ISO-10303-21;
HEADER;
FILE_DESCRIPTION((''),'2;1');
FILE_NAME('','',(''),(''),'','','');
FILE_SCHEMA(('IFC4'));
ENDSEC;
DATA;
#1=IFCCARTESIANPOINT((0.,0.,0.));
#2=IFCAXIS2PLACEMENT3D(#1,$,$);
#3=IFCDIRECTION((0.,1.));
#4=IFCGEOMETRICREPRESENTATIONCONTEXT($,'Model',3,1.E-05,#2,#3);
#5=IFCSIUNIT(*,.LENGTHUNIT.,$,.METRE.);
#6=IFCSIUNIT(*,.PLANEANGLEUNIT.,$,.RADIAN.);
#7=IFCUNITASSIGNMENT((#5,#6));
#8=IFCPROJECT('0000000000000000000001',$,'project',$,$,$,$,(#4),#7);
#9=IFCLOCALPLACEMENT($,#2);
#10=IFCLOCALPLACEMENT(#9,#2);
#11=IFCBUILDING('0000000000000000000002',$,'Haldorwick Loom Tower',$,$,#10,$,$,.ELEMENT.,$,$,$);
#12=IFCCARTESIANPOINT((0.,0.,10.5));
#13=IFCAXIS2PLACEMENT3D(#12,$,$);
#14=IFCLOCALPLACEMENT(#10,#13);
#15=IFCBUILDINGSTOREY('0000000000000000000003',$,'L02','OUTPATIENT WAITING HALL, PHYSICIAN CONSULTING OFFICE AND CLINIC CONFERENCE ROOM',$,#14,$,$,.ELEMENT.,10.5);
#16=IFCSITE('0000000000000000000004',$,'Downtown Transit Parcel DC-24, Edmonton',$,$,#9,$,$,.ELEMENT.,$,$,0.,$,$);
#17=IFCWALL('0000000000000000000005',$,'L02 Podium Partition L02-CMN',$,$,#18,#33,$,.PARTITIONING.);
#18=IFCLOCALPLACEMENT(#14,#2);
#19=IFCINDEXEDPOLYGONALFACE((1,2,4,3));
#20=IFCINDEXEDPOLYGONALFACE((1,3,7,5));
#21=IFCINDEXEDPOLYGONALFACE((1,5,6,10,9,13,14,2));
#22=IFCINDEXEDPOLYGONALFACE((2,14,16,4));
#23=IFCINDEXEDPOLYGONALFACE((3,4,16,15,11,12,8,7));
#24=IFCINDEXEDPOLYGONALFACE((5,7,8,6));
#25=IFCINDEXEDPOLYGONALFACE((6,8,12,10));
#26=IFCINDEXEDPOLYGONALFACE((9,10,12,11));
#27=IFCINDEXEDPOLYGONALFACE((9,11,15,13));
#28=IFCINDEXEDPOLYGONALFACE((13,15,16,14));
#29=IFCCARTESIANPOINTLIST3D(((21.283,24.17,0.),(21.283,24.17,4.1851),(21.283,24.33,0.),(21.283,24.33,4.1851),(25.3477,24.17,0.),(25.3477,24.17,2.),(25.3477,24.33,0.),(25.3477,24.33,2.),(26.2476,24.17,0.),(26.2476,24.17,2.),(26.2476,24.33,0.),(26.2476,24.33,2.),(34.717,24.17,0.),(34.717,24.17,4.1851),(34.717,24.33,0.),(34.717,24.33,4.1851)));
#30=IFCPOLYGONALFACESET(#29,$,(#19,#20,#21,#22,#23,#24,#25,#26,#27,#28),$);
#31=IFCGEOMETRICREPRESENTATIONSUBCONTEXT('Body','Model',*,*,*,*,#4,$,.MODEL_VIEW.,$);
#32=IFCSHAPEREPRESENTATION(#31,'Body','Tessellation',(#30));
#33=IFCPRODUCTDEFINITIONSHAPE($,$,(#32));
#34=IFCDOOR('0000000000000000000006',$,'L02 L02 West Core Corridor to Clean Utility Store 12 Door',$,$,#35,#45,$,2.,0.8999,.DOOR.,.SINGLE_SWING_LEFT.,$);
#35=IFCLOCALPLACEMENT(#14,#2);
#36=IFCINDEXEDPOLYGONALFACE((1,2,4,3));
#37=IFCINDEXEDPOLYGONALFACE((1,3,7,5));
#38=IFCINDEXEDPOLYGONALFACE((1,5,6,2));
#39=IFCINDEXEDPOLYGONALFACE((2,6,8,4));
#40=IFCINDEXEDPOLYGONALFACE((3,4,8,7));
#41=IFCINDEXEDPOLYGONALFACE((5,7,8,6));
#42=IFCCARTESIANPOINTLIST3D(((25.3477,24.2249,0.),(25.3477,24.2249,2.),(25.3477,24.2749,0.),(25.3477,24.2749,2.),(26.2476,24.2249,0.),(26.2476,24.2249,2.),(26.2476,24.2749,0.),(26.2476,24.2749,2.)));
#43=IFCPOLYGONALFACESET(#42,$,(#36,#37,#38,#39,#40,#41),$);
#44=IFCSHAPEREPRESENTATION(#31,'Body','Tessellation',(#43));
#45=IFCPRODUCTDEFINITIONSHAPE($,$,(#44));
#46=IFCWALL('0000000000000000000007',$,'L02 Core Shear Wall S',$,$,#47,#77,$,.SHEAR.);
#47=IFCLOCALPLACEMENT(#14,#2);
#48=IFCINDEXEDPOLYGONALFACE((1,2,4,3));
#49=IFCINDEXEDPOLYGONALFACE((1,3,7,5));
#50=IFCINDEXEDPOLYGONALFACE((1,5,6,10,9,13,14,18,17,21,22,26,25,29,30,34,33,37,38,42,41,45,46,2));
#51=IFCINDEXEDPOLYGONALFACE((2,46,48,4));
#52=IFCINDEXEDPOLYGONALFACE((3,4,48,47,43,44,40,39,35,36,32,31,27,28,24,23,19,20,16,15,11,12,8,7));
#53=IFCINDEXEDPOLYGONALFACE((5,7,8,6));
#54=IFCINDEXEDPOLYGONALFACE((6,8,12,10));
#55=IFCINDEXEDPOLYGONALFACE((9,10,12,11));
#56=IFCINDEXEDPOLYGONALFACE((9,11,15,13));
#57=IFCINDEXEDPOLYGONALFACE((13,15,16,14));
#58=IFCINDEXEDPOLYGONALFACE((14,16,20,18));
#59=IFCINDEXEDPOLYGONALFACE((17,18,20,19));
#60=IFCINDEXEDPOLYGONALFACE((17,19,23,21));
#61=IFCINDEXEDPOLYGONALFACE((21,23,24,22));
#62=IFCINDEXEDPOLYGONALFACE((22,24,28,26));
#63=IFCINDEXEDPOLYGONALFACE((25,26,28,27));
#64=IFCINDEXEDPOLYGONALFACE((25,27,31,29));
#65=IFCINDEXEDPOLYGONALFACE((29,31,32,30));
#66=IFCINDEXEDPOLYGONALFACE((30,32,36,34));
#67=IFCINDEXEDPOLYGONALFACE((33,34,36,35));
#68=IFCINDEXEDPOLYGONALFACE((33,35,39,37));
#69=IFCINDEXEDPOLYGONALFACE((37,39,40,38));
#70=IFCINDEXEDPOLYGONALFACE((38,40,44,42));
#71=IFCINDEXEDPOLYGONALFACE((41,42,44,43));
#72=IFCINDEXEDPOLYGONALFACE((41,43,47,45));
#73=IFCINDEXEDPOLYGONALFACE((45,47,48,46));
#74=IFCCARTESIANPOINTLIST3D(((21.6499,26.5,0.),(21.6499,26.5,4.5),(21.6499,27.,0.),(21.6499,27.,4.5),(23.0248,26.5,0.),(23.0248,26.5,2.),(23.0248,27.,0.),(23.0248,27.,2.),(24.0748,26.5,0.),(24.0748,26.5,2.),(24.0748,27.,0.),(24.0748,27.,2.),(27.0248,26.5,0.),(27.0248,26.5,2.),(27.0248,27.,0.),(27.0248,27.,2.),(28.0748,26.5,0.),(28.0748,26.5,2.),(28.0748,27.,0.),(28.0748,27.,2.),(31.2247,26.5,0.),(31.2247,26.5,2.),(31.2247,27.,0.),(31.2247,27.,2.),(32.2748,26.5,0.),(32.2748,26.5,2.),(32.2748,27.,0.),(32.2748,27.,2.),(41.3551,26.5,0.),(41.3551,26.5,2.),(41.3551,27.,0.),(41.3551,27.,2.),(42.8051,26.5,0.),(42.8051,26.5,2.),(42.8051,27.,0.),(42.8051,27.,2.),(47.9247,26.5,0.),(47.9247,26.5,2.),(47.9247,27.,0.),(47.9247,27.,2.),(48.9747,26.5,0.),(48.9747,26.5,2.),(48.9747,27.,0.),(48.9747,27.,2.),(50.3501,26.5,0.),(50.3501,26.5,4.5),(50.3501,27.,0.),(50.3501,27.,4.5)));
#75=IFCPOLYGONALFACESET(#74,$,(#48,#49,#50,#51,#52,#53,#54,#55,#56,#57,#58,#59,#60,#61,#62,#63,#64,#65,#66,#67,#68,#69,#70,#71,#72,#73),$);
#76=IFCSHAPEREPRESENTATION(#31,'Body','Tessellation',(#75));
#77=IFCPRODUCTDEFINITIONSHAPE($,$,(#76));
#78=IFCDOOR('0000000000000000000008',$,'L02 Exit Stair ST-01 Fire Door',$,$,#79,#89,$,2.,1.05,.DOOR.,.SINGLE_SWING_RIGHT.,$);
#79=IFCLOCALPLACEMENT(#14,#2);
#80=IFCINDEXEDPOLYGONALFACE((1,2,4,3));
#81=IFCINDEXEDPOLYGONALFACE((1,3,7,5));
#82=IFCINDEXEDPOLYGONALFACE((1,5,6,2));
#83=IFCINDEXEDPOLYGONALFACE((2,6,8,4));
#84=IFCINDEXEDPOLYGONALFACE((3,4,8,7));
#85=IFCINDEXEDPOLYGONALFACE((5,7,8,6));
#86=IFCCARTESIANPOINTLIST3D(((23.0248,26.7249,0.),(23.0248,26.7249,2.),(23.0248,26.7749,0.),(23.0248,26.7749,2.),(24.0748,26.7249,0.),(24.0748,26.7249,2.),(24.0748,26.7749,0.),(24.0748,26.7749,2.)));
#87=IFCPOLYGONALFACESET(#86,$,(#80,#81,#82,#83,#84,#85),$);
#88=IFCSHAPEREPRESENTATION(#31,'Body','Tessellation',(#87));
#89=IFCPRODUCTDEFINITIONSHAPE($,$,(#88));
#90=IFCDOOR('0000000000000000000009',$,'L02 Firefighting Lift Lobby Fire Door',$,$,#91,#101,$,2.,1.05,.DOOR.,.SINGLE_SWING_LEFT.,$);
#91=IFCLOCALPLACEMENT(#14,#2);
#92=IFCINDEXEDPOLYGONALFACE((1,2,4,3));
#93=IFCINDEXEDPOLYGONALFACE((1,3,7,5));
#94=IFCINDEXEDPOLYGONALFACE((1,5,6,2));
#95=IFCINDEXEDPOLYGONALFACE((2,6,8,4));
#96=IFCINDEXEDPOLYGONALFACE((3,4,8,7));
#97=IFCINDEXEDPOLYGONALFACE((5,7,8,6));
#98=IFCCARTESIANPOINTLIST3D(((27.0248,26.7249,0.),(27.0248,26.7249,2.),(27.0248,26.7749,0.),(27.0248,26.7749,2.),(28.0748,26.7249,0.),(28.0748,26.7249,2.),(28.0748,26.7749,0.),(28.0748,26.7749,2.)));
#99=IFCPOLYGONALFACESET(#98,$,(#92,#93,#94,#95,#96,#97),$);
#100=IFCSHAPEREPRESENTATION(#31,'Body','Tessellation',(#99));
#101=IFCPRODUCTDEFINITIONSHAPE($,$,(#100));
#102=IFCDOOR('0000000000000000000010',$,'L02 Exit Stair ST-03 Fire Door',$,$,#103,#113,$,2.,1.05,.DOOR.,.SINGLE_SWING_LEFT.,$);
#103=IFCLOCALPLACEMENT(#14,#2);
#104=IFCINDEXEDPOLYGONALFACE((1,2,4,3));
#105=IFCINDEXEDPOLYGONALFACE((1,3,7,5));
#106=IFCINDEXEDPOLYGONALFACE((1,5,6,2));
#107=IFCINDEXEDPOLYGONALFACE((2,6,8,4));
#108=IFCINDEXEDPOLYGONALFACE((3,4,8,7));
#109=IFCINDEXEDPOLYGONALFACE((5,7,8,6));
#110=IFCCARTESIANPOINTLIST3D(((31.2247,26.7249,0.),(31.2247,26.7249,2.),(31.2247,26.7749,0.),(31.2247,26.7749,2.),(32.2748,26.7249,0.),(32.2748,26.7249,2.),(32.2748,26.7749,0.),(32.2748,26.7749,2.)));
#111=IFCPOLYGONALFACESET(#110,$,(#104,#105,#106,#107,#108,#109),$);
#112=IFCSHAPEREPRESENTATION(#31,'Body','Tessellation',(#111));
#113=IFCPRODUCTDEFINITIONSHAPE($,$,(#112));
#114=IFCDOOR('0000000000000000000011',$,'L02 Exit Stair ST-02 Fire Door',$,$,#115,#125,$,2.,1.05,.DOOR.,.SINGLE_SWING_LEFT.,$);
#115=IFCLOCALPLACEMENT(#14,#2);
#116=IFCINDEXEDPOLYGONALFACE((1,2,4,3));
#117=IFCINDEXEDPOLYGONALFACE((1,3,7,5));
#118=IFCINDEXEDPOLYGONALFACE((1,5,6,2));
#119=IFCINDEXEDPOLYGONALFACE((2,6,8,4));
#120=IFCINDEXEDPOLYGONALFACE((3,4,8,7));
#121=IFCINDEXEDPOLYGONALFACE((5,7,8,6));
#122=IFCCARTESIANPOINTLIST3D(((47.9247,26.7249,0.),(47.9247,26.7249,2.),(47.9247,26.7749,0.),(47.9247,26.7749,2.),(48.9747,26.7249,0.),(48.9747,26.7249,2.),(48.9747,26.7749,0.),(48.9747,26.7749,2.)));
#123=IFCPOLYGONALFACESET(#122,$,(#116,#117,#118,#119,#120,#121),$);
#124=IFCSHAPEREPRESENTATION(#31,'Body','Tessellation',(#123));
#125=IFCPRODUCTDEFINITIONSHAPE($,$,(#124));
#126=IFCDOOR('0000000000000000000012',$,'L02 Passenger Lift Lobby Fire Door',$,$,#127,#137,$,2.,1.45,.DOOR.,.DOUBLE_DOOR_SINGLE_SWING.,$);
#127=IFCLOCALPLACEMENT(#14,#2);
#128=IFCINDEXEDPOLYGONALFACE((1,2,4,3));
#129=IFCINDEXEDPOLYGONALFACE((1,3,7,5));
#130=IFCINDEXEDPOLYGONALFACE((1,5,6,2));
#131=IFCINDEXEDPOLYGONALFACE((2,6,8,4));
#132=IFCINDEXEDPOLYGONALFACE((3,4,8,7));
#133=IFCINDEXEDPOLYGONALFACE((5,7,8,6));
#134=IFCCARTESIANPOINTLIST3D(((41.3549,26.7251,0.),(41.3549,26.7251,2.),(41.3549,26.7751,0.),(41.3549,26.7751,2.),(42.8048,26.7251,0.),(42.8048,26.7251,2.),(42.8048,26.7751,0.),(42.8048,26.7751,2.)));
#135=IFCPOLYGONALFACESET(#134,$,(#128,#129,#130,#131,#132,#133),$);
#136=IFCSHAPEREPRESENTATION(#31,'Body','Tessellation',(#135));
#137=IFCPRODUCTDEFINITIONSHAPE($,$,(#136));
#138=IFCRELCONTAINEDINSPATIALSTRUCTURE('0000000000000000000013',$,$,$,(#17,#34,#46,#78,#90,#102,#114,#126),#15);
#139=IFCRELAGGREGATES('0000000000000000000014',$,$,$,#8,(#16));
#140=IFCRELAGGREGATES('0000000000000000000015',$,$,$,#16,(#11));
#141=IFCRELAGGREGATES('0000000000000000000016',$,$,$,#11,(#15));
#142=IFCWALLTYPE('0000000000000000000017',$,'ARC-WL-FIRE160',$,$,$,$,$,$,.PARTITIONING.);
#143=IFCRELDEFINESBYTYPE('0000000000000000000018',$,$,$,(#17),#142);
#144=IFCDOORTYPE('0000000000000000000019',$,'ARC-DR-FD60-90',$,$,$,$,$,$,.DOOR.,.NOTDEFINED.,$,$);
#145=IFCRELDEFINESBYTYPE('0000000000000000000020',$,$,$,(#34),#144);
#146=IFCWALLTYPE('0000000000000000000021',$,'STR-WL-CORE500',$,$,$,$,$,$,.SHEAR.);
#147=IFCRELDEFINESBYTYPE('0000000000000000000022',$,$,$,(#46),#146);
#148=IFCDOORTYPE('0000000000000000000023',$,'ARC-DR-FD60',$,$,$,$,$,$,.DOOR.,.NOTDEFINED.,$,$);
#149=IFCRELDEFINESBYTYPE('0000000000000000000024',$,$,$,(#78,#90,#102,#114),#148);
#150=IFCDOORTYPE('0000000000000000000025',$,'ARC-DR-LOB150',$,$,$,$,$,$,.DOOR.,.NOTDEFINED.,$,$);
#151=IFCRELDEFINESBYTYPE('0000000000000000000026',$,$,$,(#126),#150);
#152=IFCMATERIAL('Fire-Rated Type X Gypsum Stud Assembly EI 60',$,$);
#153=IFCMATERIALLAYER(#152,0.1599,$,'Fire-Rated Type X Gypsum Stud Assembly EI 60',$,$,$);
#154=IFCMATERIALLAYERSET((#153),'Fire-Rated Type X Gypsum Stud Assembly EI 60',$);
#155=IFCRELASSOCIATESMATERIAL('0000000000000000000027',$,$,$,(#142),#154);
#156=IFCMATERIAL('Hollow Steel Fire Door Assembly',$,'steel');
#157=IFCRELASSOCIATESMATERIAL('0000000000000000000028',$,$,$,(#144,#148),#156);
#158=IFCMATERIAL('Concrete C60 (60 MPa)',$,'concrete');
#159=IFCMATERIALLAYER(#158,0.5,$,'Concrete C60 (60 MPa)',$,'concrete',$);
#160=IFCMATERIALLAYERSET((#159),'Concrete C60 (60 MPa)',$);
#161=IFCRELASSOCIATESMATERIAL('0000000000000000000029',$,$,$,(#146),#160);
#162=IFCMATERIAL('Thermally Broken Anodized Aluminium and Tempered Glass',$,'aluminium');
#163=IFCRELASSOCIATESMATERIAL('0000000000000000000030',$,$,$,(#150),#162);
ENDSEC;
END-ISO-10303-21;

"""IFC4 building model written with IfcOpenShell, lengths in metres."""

from ifc_helpers import new_model, si_unit, direction, frame, frame_2d, origin, place, context, subcontext, project, spatial, rectangle, extrude, material, layer, layer_set, type_object, element, fill, save


model = new_model("IFC4")

# Units and contexts
model_context = context("Model", 3, precision=1e-05, world=origin(), true_north=direction((0.0, 1.0)))
body_context = subcontext(model_context, "Body", "Model", "MODEL_VIEW")
ifc_project = project(units=[si_unit("LENGTHUNIT", "METRE"), si_unit("PLANEANGLEUNIT", "RADIAN")], contexts=[model_context])

# Site, building, storey
site_placement = place(None, origin())
site = spatial("IfcSite", under=ifc_project, at=site_placement, Name="Downtown Transit Parcel DC-24, Edmonton", CompositionType="ELEMENT", RefElevation=0.0)
building_placement = place(site_placement, origin())
building = spatial("IfcBuilding", under=site, at=building_placement, Name="Haldorwick Loom Tower", CompositionType="ELEMENT")
storey_placement = place(building_placement, frame((0.0, 0.0, 10.5)))
storey = spatial("IfcBuildingStorey", under=building, at=storey_placement, Name="L02", Description="OUTPATIENT WAITING HALL, PHYSICIAN CONSULTING OFFICE AND CLINIC CONFERENCE ROOM", CompositionType="ELEMENT", Elevation=10.5)

# Shared definitions
ifc_material_1 = material(Name="Concrete C60 (60 MPa)", Category="concrete")

# Wall, opening, door
ifc_material_2 = material(Name="Fire-Rated Type X Gypsum Stud Assembly EI 60")
ifc_layer_1 = layer(ifc_material_2, 0.1599, Name="Fire-Rated Type X Gypsum Stud Assembly EI 60")
ifc_layer_set_1 = layer_set([ifc_layer_1], Name="Fire-Rated Type X Gypsum Stud Assembly EI 60")
wall_type_1 = type_object("IfcWallType", Name="ARC-WL-FIRE160", PredefinedType="PARTITIONING", material=ifc_layer_set_1)
wall_1_placement = place(storey_placement, frame((21.283, 24.25, 0.0), z_axis=(0.0, 0.0, 1.0), x_axis=(1.0, 0.0, 0.0)))
wall_1 = element("IfcWall", 1, at=wall_1_placement, inside=storey, type_object=wall_type_1, Name="L02 Podium Partition L02-CMN", PredefinedType="PARTITIONING", context=body_context, shape_type="SweptSolid", body=[
    extrude(rectangle(XDim=13.4341, YDim=0.1599, at=frame_2d((6.717, 0.0))), origin(), (0.0, 0.0, 1.0), 4.1851),
])
opening_1_placement = place(wall_1_placement, frame((4.0647, 0.0, 0.0)))
opening_1 = element("IfcOpeningElement", 2, at=opening_1_placement, cuts=wall_1, PredefinedType="OPENING", context=body_context, shape_type="SweptSolid", body=[
    extrude(rectangle(XDim=0.8999, YDim=2.0, at=frame_2d((0.45, 1.0))), frame((0.0, 0.0898, 0.0), z_axis=(0.0, -1.0, 0.0), x_axis=(1.0, 0.0, 0.0)), (0.0, 0.0, 1.0), 0.1799),
])
ifc_material_3 = material(Name="Hollow Steel Fire Door Assembly", Category="steel")
door_type_1 = type_object("IfcDoorType", Name="ARC-DR-FD60-90", OperationType="NOTDEFINED", PredefinedType="DOOR", material=ifc_material_3)
door_1_placement = place(opening_1_placement, origin())
door_1 = element("IfcDoor", 3, at=door_1_placement, inside=storey, type_object=door_type_1, Name="L02 L02 West Core Corridor to Clean Utility Store 12 Door", OperationType="SINGLE_SWING_LEFT", OverallHeight=2.0, OverallWidth=0.8999, PredefinedType="DOOR", context=body_context, shape_type="SweptSolid", body=[
    extrude(rectangle(XDim=0.8999, YDim=2.0, at=frame_2d((0.45, 1.0))), frame((0.0, 0.0249, 0.0), z_axis=(0.0, -1.0, 0.0), x_axis=(1.0, 0.0, 0.0)), (0.0, 0.0, 1.0), 0.05),
])
fill(opening_1, door_1)

# Wall, openings, doors
ifc_layer_2 = layer(ifc_material_1, 0.5, Name="Concrete C60 (60 MPa)", Category="concrete")
ifc_layer_set_2 = layer_set([ifc_layer_2], Name="Concrete C60 (60 MPa)")
wall_type_2 = type_object("IfcWallType", Name="STR-WL-CORE500", PredefinedType="SHEAR", material=ifc_layer_set_2)
wall_2_placement = place(storey_placement, frame((21.6499, 26.75, 0.0), z_axis=(0.0, 0.0, 1.0), x_axis=(1.0, 0.0, 0.0)))
wall_2 = element("IfcWall", 4, at=wall_2_placement, inside=storey, type_object=wall_type_2, Name="L02 Core Shear Wall S", PredefinedType="SHEAR", context=body_context, shape_type="SweptSolid", body=[
    extrude(rectangle(XDim=28.7002, YDim=0.5, at=frame_2d((14.3501, 0.0))), origin(), (0.0, 0.0, 1.0), 4.5),
])
opening_2_placement = place(wall_2_placement, frame((1.375, 0.0, 0.0)))
opening_2 = element("IfcOpeningElement", 5, at=opening_2_placement, cuts=wall_2, PredefinedType="OPENING", context=body_context, shape_type="SweptSolid", body=[
    extrude(rectangle(XDim=1.05, YDim=2.0, at=frame_2d((0.5249, 1.0))), frame((0.0, 0.26, 0.0), z_axis=(0.0, -1.0, 0.0), x_axis=(1.0, 0.0, 0.0)), (0.0, 0.0, 1.0), 0.52),
])
opening_3_placement = place(wall_2_placement, frame((5.375, 0.0, 0.0)))
opening_3 = element("IfcOpeningElement", 6, at=opening_3_placement, cuts=wall_2, PredefinedType="OPENING", context=body_context, shape_type="SweptSolid", body=[
    extrude(rectangle(XDim=1.05, YDim=2.0, at=frame_2d((0.5249, 1.0))), frame((0.0, 0.26, 0.0), z_axis=(0.0, -1.0, 0.0), x_axis=(1.0, 0.0, 0.0)), (0.0, 0.0, 1.0), 0.52),
])
opening_4_placement = place(wall_2_placement, frame((9.575, 0.0, 0.0)))
opening_4 = element("IfcOpeningElement", 7, at=opening_4_placement, cuts=wall_2, PredefinedType="OPENING", context=body_context, shape_type="SweptSolid", body=[
    extrude(rectangle(XDim=1.05, YDim=2.0, at=frame_2d((0.5249, 1.0))), frame((0.0, 0.26, 0.0), z_axis=(0.0, -1.0, 0.0), x_axis=(1.0, 0.0, 0.0)), (0.0, 0.0, 1.0), 0.52),
])
opening_5_placement = place(wall_2_placement, frame((19.7051, 0.0, 0.0)))
opening_5 = element("IfcOpeningElement", 8, at=opening_5_placement, cuts=wall_2, PredefinedType="OPENING", context=body_context, shape_type="SweptSolid", body=[
    extrude(rectangle(XDim=1.45, YDim=2.0, at=frame_2d((0.7251, 1.0))), frame((0.0, 0.26, 0.0), z_axis=(0.0, -1.0, 0.0), x_axis=(1.0, 0.0, 0.0)), (0.0, 0.0, 1.0), 0.52),
])
opening_6_placement = place(wall_2_placement, frame((26.2749, 0.0, 0.0)))
opening_6 = element("IfcOpeningElement", 9, at=opening_6_placement, cuts=wall_2, PredefinedType="OPENING", context=body_context, shape_type="SweptSolid", body=[
    extrude(rectangle(XDim=1.05, YDim=2.0, at=frame_2d((0.5249, 1.0))), frame((0.0, 0.26, 0.0), z_axis=(0.0, -1.0, 0.0), x_axis=(1.0, 0.0, 0.0)), (0.0, 0.0, 1.0), 0.52),
])
door_type_2 = type_object("IfcDoorType", Name="ARC-DR-FD60", OperationType="NOTDEFINED", PredefinedType="DOOR", material=ifc_material_3)
door_2_placement = place(opening_2_placement, origin())
door_2 = element("IfcDoor", 10, at=door_2_placement, inside=storey, type_object=door_type_2, Name="L02 Exit Stair ST-01 Fire Door", OperationType="SINGLE_SWING_RIGHT", OverallHeight=2.0, OverallWidth=1.05, PredefinedType="DOOR", context=body_context, shape_type="SweptSolid", body=[
    extrude(rectangle(XDim=1.05, YDim=2.0, at=frame_2d((0.5249, 1.0))), frame((0.0, 0.0249, 0.0), z_axis=(0.0, -1.0, 0.0), x_axis=(1.0, 0.0, 0.0)), (0.0, 0.0, 1.0), 0.05),
])
fill(opening_2, door_2)
door_3_placement = place(opening_3_placement, origin())
door_3 = element("IfcDoor", 11, at=door_3_placement, inside=storey, type_object=door_type_2, Name="L02 Firefighting Lift Lobby Fire Door", OperationType="SINGLE_SWING_LEFT", OverallHeight=2.0, OverallWidth=1.05, PredefinedType="DOOR", context=body_context, shape_type="SweptSolid", body=[
    extrude(rectangle(XDim=1.05, YDim=2.0, at=frame_2d((0.5249, 1.0))), frame((0.0, 0.0249, 0.0), z_axis=(0.0, -1.0, 0.0), x_axis=(1.0, 0.0, 0.0)), (0.0, 0.0, 1.0), 0.05),
])
fill(opening_3, door_3)
door_4_placement = place(opening_4_placement, origin())
door_4 = element("IfcDoor", 12, at=door_4_placement, inside=storey, type_object=door_type_2, Name="L02 Exit Stair ST-03 Fire Door", OperationType="SINGLE_SWING_LEFT", OverallHeight=2.0, OverallWidth=1.05, PredefinedType="DOOR", context=body_context, shape_type="SweptSolid", body=[
    extrude(rectangle(XDim=1.05, YDim=2.0, at=frame_2d((0.5249, 1.0))), frame((0.0, 0.0249, 0.0), z_axis=(0.0, -1.0, 0.0), x_axis=(1.0, 0.0, 0.0)), (0.0, 0.0, 1.0), 0.05),
])
fill(opening_4, door_4)
door_5_placement = place(opening_6_placement, origin())
door_5 = element("IfcDoor", 13, at=door_5_placement, inside=storey, type_object=door_type_2, Name="L02 Exit Stair ST-02 Fire Door", OperationType="SINGLE_SWING_LEFT", OverallHeight=2.0, OverallWidth=1.05, PredefinedType="DOOR", context=body_context, shape_type="SweptSolid", body=[
    extrude(rectangle(XDim=1.05, YDim=2.0, at=frame_2d((0.5249, 1.0))), frame((0.0, 0.0249, 0.0), z_axis=(0.0, -1.0, 0.0), x_axis=(1.0, 0.0, 0.0)), (0.0, 0.0, 1.0), 0.05),
])
fill(opening_6, door_5)
ifc_material_4 = material(Name="Thermally Broken Anodized Aluminium and Tempered Glass", Category="aluminium")
door_type_3 = type_object("IfcDoorType", Name="ARC-DR-LOB150", OperationType="NOTDEFINED", PredefinedType="DOOR", material=ifc_material_4)
door_6_placement = place(opening_5_placement, frame((1.45, 0.0, 0.0), z_axis=(0.0, 0.0, 1.0), x_axis=(-1.0, 0.0, 0.0)))
door_6 = element("IfcDoor", 14, at=door_6_placement, inside=storey, type_object=door_type_3, Name="L02 Passenger Lift Lobby Fire Door", OperationType="DOUBLE_DOOR_SINGLE_SWING", OverallHeight=2.0, OverallWidth=1.45, PredefinedType="DOOR", context=body_context, shape_type="SweptSolid", body=[
    extrude(rectangle(XDim=1.45, YDim=2.0, at=frame_2d((0.7251, 1.0))), frame((0.0, 0.0249, 0.0), z_axis=(0.0, -1.0, 0.0), x_axis=(1.0, 0.0, 0.0)), (0.0, 0.0, 1.0), 0.05),
])
fill(opening_5, door_6)

save(model, "model.ifc")
